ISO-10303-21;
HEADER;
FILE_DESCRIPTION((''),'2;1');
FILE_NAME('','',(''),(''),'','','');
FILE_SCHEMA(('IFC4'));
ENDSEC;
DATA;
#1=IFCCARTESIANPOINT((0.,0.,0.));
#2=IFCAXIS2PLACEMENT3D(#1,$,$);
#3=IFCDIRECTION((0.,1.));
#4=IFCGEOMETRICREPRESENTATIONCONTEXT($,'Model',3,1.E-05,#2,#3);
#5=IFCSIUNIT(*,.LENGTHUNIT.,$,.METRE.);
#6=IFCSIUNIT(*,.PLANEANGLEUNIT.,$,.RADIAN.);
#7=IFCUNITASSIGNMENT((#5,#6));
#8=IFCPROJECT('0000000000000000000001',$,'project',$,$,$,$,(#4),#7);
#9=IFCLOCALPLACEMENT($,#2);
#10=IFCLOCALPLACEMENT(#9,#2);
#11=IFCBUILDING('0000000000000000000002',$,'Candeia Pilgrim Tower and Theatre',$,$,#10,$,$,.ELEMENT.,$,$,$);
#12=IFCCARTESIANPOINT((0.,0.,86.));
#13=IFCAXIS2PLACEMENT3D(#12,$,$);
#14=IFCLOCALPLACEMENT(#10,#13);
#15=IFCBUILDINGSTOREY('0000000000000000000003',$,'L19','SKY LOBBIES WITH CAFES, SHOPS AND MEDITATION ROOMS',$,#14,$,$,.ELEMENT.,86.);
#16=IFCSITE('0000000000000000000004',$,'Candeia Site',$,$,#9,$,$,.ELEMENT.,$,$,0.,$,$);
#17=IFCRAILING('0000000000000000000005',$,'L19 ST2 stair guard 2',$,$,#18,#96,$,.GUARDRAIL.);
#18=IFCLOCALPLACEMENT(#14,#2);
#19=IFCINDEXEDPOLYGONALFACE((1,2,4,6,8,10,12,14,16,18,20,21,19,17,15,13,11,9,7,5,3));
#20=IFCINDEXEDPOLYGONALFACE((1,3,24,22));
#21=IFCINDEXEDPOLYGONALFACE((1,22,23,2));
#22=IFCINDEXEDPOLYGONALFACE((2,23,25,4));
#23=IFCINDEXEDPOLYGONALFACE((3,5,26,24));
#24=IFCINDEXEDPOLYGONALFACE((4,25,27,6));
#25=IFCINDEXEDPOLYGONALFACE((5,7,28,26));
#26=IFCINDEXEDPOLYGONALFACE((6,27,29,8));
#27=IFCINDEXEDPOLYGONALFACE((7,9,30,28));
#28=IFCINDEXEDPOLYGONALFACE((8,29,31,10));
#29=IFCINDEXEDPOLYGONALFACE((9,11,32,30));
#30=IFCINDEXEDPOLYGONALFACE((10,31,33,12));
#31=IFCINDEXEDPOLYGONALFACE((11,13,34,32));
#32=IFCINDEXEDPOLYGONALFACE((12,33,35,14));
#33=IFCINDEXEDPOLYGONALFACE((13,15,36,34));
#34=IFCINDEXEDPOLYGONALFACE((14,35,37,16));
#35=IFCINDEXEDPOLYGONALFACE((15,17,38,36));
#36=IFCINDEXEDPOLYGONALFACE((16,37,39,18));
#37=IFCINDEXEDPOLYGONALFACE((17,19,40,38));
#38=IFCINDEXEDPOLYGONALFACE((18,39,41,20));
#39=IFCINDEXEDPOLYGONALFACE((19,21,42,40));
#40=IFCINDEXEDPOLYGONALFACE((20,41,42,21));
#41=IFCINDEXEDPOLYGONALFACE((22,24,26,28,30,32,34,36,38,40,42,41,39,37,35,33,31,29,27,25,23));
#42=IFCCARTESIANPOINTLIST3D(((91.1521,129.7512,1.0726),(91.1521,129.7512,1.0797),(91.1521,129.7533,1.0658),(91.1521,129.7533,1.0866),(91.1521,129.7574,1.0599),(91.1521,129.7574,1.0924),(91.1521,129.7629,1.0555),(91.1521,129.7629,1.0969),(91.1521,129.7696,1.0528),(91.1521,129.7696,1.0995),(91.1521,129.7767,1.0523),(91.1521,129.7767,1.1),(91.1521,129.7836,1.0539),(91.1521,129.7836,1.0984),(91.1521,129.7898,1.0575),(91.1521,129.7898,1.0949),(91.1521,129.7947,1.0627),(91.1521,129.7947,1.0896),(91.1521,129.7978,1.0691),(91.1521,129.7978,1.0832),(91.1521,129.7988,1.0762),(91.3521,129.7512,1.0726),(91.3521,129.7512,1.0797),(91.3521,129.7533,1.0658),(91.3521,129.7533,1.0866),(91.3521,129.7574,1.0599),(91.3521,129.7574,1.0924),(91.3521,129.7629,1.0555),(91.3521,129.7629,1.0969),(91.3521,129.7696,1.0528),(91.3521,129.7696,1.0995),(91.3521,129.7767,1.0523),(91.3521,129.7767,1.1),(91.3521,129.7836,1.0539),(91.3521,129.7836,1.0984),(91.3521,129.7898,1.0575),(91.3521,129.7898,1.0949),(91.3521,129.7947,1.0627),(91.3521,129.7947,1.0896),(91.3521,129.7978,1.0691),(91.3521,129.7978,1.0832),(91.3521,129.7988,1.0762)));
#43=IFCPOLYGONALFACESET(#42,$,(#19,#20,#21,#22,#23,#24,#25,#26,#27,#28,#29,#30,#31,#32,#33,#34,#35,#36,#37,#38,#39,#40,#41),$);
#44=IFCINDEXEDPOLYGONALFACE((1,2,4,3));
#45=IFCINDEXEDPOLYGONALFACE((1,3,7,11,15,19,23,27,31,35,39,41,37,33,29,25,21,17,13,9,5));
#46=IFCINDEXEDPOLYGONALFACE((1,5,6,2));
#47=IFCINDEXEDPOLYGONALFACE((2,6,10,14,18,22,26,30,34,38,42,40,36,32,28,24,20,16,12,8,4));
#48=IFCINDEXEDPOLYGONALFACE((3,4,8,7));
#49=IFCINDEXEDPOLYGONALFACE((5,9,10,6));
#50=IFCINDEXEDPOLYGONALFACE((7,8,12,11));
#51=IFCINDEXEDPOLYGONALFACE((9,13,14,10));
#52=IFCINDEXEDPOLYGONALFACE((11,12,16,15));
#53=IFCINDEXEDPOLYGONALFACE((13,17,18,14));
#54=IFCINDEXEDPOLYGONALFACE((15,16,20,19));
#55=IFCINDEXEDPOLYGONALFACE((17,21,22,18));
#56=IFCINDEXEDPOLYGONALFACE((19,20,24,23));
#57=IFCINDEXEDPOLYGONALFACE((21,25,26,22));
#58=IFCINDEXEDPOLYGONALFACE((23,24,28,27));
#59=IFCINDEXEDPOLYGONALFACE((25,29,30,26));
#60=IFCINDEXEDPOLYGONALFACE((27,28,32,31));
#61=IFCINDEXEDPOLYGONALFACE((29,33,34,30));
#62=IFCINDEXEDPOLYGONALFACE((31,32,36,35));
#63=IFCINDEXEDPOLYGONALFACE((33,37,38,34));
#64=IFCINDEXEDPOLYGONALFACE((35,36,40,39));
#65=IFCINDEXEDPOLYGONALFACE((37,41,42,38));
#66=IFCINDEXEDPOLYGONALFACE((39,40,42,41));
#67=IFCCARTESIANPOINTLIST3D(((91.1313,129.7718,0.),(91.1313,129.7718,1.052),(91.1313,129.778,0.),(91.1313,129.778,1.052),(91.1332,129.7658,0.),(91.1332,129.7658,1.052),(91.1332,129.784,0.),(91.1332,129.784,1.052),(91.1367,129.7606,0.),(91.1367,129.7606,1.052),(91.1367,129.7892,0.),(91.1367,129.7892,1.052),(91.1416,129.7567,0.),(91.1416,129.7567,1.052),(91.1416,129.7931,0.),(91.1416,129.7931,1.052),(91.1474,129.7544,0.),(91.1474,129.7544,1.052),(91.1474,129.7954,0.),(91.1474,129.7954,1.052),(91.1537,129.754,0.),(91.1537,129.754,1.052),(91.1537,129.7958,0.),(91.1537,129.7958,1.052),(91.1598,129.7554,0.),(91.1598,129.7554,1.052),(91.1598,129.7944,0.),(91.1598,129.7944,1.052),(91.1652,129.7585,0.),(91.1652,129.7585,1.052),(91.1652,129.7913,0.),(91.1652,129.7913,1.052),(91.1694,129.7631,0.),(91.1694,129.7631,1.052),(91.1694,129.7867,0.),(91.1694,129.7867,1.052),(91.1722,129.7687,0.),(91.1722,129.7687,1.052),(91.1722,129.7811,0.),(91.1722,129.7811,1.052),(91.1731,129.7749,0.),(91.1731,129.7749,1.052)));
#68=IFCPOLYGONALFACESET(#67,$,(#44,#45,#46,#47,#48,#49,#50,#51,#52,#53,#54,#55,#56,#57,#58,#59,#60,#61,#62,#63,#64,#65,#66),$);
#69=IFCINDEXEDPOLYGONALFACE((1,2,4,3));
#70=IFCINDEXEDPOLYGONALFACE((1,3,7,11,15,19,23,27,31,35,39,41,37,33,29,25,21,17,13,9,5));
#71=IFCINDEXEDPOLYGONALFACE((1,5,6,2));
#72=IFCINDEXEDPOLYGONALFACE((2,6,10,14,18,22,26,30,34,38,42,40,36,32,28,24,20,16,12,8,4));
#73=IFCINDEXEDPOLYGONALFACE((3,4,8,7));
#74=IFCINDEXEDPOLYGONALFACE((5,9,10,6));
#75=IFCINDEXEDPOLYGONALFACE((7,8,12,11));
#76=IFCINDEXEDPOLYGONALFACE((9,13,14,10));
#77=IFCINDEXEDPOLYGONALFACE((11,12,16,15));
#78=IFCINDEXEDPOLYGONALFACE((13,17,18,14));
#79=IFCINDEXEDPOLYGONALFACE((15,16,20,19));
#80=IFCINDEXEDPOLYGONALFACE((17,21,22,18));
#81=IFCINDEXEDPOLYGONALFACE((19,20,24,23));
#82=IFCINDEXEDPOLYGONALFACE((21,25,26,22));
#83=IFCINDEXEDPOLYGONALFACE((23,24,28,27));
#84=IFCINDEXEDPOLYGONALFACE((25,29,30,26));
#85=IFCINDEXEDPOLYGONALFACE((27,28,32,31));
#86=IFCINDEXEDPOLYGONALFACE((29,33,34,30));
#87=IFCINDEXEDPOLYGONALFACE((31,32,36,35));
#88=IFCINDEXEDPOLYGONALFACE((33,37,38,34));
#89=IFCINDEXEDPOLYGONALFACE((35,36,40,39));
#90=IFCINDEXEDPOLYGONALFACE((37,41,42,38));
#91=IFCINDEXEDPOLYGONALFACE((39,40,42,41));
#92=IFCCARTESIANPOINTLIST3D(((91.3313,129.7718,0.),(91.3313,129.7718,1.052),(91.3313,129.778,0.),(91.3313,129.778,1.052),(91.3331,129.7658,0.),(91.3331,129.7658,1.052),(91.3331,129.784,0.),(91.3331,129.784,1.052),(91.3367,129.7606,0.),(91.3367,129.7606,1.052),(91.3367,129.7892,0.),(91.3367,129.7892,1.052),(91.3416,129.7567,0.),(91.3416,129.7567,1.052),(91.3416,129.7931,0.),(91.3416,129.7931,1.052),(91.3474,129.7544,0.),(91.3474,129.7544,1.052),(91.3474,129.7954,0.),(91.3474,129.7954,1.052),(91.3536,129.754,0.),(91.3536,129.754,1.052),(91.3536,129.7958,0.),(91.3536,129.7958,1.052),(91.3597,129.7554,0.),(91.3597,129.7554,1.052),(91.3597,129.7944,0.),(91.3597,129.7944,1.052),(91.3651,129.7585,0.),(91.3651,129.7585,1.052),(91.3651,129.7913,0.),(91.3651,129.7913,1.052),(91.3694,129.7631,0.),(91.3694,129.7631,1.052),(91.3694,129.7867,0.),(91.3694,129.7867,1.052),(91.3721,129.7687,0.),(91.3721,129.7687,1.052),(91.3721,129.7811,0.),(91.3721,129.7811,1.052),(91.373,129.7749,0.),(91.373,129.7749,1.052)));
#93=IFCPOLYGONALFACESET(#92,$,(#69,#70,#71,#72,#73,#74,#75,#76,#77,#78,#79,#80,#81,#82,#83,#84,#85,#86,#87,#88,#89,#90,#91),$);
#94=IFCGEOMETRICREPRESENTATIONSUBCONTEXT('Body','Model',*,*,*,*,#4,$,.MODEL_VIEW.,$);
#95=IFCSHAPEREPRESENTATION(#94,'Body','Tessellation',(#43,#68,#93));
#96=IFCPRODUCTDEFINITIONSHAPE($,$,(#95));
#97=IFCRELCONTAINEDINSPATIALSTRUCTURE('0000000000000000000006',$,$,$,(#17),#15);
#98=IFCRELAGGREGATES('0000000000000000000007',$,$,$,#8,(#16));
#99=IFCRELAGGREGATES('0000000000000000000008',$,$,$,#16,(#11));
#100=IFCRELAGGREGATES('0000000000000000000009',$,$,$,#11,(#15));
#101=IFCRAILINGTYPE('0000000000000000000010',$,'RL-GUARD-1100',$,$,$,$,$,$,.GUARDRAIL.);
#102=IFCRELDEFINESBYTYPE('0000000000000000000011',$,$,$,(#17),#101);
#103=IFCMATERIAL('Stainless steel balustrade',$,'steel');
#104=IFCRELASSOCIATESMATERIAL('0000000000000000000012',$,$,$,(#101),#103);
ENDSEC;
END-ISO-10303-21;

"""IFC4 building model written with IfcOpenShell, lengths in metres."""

from ifc_helpers import new_model, si_unit, direction, frame, origin, origin_2d, place, context, subcontext, project, spatial, circle, extrude, material, type_object, element, save


model = new_model("IFC4")

# Units and contexts
model_context = context("Model", 3, precision=1e-05, world=origin(), true_north=direction((0.0, 1.0)))
body_context = subcontext(model_context, "Body", "Model", "MODEL_VIEW")
ifc_project = project(units=[si_unit("LENGTHUNIT", "METRE"), si_unit("PLANEANGLEUNIT", "RADIAN")], contexts=[model_context])

# Site, building, storey
site_placement = place(None, origin())
site = spatial("IfcSite", under=ifc_project, at=site_placement, Name="Candeia Site", CompositionType="ELEMENT", RefElevation=0.0)
building_placement = place(site_placement, origin())
building = spatial("IfcBuilding", under=site, at=building_placement, Name="Candeia Pilgrim Tower and Theatre", CompositionType="ELEMENT")
storey_placement = place(building_placement, frame((0.0, 0.0, 86.0)))
storey = spatial("IfcBuildingStorey", under=building, at=storey_placement, Name="L19", Description="SKY LOBBIES WITH CAFES, SHOPS AND MEDITATION ROOMS", CompositionType="ELEMENT", Elevation=86.0)

# Railing
ifc_material_1 = material(Name="Stainless steel balustrade", Category="steel")
railing_type_1 = type_object("IfcRailingType", Name="RL-GUARD-1100", PredefinedType="GUARDRAIL", material=ifc_material_1)
railing_1_placement = place(storey_placement, frame((91.1521, 129.7749, 0.0)))
element("IfcRailing", 1, at=railing_1_placement, inside=storey, type_object=railing_type_1, Name="L19 ST2 stair guard 2", PredefinedType="GUARDRAIL", context=body_context, shape_type="SweptSolid", body=[
    extrude(circle(Radius=0.0239, at=origin_2d()), frame((0.0, 0.0, 1.0762), z_axis=(1.0, 0.0, 0.0), x_axis=(0.0, 1.0, 0.0)), (0.0, 0.0, 1.0), 0.2),
    extrude(circle(Radius=0.021, at=origin_2d()), origin(), (0.0, 0.0, 1.0), 1.052),
    extrude(circle(Radius=0.021, at=origin_2d()), frame((0.2, 0.0, 0.0)), (0.0, 0.0, 1.0), 1.052),
])

save(model, "model.ifc")
